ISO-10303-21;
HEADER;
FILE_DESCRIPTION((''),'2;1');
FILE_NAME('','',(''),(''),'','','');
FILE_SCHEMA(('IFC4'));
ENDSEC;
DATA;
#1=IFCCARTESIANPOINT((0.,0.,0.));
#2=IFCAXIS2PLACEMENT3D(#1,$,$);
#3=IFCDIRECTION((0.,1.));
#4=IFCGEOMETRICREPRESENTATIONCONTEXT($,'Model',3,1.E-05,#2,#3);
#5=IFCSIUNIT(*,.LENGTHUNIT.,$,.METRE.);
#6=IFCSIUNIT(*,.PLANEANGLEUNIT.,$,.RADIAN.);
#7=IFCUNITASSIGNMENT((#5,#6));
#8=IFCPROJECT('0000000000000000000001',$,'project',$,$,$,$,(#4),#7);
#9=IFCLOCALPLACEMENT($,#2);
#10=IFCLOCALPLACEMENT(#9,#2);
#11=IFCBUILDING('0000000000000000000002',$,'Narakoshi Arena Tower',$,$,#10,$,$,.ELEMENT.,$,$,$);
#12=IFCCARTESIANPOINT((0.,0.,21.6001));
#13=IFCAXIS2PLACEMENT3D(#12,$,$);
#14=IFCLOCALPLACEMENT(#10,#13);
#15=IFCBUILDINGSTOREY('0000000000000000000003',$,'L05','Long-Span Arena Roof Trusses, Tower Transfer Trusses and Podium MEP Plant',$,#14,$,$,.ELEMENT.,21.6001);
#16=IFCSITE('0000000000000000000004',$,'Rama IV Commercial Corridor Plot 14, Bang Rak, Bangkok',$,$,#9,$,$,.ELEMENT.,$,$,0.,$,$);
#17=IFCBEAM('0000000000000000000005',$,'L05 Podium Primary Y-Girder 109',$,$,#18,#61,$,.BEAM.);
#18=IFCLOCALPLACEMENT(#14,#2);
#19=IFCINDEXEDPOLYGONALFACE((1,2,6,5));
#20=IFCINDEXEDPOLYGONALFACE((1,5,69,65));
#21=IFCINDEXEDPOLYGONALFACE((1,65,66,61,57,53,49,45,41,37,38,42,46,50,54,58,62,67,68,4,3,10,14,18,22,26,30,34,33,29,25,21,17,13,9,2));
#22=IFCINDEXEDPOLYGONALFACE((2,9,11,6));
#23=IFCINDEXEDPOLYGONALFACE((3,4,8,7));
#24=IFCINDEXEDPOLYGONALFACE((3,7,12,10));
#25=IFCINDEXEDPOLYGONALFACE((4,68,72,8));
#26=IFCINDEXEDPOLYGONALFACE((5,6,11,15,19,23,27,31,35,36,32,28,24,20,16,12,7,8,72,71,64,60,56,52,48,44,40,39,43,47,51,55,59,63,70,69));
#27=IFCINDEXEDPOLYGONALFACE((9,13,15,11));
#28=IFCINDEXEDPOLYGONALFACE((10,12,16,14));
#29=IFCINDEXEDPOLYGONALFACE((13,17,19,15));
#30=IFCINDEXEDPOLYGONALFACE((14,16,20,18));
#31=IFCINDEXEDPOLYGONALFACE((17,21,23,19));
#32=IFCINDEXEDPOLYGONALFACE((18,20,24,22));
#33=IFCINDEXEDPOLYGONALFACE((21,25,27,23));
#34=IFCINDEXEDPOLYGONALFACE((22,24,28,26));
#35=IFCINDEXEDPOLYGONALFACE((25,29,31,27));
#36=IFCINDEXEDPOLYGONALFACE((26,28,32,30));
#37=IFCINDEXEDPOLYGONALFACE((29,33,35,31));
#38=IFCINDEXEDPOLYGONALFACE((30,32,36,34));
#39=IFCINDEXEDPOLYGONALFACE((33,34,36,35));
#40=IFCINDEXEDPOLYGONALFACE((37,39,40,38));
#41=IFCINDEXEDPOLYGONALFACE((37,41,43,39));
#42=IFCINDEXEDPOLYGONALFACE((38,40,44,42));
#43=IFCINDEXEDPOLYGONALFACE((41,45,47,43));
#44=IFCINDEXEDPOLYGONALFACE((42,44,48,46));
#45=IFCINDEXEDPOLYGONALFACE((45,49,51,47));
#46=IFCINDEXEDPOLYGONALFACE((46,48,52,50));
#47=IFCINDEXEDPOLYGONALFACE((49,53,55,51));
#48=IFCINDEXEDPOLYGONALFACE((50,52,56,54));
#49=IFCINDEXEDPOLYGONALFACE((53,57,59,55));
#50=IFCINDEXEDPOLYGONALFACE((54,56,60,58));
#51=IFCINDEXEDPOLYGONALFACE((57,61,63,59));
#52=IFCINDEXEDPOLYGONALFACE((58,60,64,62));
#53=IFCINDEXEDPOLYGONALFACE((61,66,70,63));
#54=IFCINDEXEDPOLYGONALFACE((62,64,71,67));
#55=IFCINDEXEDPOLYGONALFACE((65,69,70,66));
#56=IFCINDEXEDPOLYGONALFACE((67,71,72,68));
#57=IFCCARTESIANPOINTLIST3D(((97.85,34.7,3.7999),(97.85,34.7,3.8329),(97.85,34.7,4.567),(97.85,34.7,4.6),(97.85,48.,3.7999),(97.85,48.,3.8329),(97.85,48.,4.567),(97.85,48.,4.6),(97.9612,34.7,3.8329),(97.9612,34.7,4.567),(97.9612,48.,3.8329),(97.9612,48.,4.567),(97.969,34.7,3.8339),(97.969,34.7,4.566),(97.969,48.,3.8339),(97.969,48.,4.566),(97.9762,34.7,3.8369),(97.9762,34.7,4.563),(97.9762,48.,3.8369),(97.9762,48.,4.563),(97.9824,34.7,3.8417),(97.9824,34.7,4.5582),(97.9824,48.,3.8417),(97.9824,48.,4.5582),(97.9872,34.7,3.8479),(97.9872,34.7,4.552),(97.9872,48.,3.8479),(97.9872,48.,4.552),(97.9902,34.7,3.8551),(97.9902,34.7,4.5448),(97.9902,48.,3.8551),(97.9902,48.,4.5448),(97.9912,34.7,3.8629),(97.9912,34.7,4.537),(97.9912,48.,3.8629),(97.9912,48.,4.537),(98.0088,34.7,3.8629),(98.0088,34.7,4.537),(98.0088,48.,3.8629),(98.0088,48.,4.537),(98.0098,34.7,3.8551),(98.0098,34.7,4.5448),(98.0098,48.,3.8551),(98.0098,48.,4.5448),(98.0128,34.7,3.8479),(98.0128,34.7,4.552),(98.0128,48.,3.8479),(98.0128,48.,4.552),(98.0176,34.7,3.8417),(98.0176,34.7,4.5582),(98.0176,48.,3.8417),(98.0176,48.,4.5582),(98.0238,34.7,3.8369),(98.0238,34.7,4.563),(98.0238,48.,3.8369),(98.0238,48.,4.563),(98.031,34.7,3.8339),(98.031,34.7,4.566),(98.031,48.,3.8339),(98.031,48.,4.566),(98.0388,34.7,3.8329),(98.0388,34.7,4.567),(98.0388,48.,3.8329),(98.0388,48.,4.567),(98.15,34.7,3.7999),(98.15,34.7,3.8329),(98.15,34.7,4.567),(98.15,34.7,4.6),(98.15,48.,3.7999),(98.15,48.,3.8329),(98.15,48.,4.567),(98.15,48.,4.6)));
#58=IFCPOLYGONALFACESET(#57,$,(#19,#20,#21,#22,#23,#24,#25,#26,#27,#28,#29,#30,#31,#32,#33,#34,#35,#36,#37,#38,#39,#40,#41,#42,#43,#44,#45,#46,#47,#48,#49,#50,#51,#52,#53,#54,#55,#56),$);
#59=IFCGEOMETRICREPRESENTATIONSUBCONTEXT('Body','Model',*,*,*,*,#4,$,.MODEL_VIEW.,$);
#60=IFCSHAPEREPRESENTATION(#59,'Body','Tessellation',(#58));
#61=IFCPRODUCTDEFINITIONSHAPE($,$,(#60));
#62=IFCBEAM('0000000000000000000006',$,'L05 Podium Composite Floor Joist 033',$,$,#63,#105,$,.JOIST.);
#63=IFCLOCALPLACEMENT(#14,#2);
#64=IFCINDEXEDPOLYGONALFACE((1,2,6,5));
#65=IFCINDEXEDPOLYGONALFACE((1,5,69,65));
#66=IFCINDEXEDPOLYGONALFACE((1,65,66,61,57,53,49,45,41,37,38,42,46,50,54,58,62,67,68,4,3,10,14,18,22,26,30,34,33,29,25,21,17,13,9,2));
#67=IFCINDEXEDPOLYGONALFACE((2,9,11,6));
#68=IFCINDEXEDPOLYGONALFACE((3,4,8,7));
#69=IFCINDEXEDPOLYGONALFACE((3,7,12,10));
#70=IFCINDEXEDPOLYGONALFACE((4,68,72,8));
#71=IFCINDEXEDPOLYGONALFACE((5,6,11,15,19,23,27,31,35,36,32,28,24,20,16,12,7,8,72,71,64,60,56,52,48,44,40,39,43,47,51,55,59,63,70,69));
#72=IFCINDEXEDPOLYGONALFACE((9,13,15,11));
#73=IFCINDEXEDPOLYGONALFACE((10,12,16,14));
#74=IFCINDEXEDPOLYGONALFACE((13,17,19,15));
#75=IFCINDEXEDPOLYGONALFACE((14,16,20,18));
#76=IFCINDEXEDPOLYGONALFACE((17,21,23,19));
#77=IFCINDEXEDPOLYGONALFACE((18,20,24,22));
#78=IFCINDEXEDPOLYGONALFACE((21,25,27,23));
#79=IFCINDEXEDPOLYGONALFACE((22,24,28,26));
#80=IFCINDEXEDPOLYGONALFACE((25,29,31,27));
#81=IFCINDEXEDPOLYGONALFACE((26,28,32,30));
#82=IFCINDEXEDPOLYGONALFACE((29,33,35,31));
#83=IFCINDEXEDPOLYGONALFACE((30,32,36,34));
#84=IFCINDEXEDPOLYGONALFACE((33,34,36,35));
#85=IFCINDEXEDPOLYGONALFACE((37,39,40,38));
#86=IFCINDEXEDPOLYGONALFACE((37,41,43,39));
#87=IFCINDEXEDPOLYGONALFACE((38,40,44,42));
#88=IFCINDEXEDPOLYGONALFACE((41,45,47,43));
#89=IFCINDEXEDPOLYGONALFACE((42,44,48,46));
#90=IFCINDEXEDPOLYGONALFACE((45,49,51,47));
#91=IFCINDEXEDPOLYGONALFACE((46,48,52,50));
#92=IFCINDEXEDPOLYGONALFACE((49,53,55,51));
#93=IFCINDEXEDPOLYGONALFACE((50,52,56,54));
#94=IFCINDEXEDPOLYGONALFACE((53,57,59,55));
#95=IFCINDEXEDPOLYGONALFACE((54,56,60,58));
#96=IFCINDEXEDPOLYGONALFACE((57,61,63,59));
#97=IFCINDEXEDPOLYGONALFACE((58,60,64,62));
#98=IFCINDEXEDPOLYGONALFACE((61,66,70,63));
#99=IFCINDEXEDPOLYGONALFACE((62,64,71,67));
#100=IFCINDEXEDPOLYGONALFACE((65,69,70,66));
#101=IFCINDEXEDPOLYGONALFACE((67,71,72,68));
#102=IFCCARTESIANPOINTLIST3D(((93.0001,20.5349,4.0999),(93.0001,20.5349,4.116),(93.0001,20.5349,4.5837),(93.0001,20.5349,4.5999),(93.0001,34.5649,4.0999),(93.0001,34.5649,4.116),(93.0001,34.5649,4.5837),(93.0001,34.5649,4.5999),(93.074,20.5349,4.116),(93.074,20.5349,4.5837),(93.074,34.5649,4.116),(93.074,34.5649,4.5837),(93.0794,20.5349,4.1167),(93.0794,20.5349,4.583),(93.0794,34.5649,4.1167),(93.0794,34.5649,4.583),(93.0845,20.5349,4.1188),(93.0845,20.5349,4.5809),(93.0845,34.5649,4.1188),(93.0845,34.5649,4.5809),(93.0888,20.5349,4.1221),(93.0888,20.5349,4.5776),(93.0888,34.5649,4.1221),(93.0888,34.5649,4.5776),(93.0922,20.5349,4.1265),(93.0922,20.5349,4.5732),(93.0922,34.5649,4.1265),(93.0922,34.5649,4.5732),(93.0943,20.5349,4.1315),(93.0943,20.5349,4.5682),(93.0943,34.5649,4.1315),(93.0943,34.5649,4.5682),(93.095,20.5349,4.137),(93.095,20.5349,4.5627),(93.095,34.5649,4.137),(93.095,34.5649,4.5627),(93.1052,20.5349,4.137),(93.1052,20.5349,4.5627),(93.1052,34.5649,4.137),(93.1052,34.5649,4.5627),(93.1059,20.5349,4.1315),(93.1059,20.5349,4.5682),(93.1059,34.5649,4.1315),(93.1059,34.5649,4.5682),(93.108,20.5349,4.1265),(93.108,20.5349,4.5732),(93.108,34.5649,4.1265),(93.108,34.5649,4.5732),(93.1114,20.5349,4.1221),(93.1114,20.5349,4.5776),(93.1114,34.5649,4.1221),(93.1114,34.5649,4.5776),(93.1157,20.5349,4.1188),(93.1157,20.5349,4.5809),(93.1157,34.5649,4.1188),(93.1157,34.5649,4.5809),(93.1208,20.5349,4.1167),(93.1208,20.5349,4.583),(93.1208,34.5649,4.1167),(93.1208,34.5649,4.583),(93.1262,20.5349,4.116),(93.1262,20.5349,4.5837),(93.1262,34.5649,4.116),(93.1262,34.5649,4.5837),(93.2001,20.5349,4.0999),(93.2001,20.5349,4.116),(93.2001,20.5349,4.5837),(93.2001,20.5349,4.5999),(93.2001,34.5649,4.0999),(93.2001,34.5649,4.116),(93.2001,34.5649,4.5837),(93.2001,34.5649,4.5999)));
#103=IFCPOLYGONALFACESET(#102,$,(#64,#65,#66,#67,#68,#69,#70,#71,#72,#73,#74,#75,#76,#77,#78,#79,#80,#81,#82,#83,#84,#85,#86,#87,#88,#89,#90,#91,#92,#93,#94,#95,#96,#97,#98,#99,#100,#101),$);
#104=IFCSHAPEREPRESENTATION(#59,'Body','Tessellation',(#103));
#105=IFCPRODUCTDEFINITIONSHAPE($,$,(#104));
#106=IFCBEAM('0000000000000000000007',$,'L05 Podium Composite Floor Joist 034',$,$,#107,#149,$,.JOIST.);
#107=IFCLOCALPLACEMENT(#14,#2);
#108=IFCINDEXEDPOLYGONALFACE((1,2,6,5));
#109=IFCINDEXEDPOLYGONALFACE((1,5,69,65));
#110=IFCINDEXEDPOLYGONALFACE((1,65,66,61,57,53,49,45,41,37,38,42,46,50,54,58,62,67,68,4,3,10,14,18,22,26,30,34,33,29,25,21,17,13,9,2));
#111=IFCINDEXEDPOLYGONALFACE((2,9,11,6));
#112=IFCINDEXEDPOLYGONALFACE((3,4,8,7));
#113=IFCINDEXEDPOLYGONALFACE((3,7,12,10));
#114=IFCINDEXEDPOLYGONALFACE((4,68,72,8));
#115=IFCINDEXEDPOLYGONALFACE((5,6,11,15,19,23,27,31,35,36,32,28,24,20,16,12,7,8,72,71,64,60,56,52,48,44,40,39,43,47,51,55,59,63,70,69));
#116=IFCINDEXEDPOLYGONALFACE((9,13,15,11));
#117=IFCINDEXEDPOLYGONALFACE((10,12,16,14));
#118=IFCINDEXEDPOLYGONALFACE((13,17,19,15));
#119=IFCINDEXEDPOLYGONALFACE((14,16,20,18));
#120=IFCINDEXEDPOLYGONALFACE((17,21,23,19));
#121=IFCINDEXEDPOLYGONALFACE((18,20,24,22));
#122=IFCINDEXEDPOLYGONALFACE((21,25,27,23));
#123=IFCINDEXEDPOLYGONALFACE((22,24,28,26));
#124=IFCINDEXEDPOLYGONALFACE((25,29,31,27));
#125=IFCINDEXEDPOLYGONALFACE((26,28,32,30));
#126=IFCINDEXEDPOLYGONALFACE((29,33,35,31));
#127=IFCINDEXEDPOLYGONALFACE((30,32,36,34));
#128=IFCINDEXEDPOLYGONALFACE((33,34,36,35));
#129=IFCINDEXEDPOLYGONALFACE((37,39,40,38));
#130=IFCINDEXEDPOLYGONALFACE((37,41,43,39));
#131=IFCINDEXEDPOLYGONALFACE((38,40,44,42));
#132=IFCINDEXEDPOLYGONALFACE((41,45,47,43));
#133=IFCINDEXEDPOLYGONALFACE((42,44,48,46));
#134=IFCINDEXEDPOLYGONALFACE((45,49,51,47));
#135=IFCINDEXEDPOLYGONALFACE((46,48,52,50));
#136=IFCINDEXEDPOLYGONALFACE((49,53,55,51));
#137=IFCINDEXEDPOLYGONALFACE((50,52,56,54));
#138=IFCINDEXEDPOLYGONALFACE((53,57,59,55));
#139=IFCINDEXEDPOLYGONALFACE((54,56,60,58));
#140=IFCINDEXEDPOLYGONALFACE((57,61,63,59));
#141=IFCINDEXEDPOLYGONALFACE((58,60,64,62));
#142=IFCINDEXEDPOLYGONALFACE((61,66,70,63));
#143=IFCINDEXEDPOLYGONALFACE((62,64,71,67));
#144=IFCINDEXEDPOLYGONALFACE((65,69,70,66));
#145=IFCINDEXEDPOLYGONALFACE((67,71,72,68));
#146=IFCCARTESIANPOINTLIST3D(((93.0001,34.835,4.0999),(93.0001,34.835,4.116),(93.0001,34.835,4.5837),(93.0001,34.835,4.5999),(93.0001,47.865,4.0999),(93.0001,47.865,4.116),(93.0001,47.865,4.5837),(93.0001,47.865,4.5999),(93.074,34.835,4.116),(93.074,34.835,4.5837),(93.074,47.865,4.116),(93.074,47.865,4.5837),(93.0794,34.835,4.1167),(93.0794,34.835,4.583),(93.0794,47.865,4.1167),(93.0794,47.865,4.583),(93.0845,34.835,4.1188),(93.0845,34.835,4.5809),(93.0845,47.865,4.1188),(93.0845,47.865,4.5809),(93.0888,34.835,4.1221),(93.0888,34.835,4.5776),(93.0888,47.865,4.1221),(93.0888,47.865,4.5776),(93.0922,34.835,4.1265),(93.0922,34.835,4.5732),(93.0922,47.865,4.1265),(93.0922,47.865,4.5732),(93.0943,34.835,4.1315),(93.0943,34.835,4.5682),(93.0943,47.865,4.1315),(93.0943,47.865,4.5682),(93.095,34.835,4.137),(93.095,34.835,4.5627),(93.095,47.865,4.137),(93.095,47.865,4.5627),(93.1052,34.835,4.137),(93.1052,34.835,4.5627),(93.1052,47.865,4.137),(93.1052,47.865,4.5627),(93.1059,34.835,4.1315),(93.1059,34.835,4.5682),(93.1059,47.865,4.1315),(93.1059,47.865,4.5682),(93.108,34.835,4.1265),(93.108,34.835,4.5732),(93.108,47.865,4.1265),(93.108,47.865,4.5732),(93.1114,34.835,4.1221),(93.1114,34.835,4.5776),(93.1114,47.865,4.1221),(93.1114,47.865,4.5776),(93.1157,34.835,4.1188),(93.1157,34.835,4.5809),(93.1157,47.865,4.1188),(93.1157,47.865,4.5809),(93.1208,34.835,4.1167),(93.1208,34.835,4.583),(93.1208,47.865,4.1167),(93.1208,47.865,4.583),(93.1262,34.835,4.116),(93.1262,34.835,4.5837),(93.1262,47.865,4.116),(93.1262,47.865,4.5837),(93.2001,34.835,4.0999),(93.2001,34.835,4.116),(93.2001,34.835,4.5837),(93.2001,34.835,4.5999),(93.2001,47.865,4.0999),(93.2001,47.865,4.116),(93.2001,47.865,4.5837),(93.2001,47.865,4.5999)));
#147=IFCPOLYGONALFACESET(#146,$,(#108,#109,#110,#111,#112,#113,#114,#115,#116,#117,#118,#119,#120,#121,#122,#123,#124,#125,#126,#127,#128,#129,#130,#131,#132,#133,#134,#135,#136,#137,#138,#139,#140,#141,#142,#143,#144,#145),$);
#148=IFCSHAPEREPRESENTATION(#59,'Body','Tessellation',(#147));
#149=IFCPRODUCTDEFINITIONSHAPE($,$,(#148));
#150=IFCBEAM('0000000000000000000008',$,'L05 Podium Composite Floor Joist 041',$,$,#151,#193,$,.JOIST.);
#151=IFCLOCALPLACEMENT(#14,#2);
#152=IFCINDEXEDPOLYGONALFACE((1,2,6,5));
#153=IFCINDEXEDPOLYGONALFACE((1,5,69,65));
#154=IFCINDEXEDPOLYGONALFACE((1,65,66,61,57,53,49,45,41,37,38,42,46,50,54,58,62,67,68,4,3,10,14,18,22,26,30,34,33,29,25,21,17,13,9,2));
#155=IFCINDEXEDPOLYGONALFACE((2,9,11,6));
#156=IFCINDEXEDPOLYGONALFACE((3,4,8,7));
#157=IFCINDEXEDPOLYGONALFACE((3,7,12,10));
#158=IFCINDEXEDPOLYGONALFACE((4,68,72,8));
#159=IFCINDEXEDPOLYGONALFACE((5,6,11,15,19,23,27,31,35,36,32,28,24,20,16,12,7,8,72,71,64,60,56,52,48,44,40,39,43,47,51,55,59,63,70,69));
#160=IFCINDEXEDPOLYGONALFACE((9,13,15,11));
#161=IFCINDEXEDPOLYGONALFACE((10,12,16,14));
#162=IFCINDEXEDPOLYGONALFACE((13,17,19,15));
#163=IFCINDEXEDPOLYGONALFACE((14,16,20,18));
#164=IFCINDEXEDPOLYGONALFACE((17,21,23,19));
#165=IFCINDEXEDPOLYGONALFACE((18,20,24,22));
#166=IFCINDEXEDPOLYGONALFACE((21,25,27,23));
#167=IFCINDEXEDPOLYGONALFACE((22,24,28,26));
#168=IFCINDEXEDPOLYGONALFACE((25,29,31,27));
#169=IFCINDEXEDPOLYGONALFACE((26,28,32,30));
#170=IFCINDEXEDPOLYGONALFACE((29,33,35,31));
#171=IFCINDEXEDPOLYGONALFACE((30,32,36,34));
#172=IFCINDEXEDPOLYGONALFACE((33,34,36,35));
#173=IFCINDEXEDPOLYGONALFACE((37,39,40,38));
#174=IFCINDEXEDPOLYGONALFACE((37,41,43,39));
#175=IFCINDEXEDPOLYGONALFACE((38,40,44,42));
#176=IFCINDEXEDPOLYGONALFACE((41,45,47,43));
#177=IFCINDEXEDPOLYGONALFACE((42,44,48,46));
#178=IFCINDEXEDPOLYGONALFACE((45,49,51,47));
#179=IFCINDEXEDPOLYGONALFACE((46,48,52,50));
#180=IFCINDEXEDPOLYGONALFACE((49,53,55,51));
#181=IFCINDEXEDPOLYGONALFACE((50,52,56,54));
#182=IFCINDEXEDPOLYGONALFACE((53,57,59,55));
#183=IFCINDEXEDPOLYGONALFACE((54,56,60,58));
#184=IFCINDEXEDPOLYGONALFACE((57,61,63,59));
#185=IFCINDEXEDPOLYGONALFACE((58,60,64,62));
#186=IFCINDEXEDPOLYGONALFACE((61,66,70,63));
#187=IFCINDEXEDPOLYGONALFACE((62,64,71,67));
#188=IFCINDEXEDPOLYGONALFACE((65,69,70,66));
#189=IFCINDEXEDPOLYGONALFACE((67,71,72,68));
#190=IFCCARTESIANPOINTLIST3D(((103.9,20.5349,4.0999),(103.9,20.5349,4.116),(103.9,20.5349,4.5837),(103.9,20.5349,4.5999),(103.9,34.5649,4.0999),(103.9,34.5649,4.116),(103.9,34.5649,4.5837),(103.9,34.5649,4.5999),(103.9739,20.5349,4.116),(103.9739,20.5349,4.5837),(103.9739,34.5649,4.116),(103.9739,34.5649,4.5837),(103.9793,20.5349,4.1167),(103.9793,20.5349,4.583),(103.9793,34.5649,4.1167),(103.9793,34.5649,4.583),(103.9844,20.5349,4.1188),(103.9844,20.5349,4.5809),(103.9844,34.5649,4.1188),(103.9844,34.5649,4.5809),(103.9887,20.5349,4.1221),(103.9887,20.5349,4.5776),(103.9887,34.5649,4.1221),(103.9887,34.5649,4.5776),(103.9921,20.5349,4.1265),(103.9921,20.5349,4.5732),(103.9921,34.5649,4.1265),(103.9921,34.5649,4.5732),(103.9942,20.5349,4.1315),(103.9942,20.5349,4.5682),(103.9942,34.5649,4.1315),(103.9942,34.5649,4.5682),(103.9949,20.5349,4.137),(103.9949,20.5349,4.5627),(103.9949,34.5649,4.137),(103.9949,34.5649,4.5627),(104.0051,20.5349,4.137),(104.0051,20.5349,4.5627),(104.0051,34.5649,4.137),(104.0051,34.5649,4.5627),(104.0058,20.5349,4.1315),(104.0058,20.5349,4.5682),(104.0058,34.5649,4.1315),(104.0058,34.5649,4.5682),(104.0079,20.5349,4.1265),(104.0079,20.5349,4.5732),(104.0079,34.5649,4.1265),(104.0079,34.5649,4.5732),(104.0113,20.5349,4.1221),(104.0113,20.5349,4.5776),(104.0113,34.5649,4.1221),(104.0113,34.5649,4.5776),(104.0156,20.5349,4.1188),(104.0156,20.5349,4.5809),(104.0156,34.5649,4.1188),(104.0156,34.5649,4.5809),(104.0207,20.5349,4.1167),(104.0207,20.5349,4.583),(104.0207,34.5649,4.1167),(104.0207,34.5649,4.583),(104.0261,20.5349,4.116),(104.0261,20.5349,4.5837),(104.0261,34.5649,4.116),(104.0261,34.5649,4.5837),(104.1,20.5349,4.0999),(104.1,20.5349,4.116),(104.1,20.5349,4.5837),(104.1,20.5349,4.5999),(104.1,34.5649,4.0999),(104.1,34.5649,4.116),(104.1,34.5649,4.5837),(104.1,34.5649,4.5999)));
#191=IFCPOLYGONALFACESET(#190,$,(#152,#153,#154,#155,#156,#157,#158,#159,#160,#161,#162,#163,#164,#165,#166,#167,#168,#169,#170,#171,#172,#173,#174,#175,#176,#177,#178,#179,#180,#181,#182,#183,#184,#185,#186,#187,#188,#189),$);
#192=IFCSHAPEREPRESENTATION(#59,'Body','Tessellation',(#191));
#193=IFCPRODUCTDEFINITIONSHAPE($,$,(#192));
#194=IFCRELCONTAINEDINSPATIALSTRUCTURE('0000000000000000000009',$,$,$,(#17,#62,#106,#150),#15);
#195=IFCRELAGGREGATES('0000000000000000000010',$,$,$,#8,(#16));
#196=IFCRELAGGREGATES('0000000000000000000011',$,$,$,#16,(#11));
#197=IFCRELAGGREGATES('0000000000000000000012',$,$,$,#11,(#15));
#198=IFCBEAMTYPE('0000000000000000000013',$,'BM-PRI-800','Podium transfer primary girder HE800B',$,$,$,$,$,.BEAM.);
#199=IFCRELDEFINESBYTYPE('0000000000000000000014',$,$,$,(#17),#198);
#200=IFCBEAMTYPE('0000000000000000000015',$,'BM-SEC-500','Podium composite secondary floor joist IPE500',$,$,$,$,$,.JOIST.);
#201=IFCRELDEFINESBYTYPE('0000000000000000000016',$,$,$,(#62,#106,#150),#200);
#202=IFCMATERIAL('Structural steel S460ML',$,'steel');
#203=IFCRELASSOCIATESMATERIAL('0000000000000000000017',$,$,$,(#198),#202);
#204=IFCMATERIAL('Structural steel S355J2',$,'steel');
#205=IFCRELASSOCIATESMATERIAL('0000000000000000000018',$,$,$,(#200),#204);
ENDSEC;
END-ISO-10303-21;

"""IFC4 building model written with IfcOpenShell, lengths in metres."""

from ifc_helpers import new_model, si_unit, direction, frame, origin, origin_2d, place, context, subcontext, project, spatial, i_section, extrude, material, material_profile, profile_set, type_object, element, save


model = new_model("IFC4")

# Units and contexts
model_context = context("Model", 3, precision=1e-05, world=origin(), true_north=direction((0.0, 1.0)))
body_context = subcontext(model_context, "Body", "Model", "MODEL_VIEW")
ifc_project = project(units=[si_unit("LENGTHUNIT", "METRE"), si_unit("PLANEANGLEUNIT", "RADIAN")], contexts=[model_context])

# Site, building, storey
site_placement = place(None, origin())
site = spatial("IfcSite", under=ifc_project, at=site_placement, Name="Rama IV Commercial Corridor Plot 14, Bang Rak, Bangkok", CompositionType="ELEMENT", RefElevation=0.0)
building_placement = place(site_placement, origin())
building = spatial("IfcBuilding", under=site, at=building_placement, Name="Narakoshi Arena Tower", CompositionType="ELEMENT")
storey_placement = place(building_placement, frame((0.0, 0.0, 21.6001)))
storey = spatial("IfcBuildingStorey", under=building, at=storey_placement, Name="L05", Description="Long-Span Arena Roof Trusses, Tower Transfer Trusses and Podium MEP Plant", CompositionType="ELEMENT", Elevation=21.6001)

# Shared definitions
ifc_material_1 = material(Name="Structural steel S355J2", Category="steel")

# Beams
ifc_material_2 = material(Name="Structural steel S460ML", Category="steel")
ifc_material_profile_1 = material_profile(ifc_material_2, i_section(OverallWidth=0.3, OverallDepth=0.8, WebThickness=0.0176, FlangeThickness=0.033, FilletRadius=0.03, at=origin_2d()), Name="HE800B")
ifc_profile_set_1 = profile_set([ifc_material_profile_1], Name="Structural steel S460ML")
beam_type_1 = type_object("IfcBeamType", Name="BM-PRI-800", Description="Podium transfer primary girder HE800B", PredefinedType="BEAM", material=ifc_profile_set_1)
for number, where, z_axis, x_axis, name in (
    (1, (98.0, 34.7, 4.2), (0.0, 1.0, 0.0), (-1.0, 0.0, 0.0), "L05 Podium Primary Y-Girder 109"),
):
    element("IfcBeam", number, at=place(storey_placement, frame(where, z_axis=z_axis, x_axis=x_axis)), inside=storey, type_object=beam_type_1, Name=name, PredefinedType="BEAM", context=body_context, shape_type="SweptSolid", body=[
        extrude(i_section(OverallWidth=0.3, OverallDepth=0.8, WebThickness=0.0176, FlangeThickness=0.033, FilletRadius=0.03, at=origin_2d()), origin(), (0.0, 0.0, 1.0), 13.3),
    ])
ifc_material_profile_2 = material_profile(ifc_material_1, i_section(OverallWidth=0.2, OverallDepth=0.5, WebThickness=0.0103, FlangeThickness=0.0161, FilletRadius=0.021, at=origin_2d()), Name="IPE500")
ifc_profile_set_2 = profile_set([ifc_material_profile_2], Name="Structural steel S355J2")
beam_type_2 = type_object("IfcBeamType", Name="BM-SEC-500", Description="Podium composite secondary floor joist IPE500", PredefinedType="JOIST", material=ifc_profile_set_2)
beam_1_placement = place(storey_placement, frame((93.1001, 20.5349, 4.3499), z_axis=(0.0, 1.0, 0.0), x_axis=(-1.0, 0.0, 0.0)))
element("IfcBeam", 2, at=beam_1_placement, inside=storey, type_object=beam_type_2, Name="L05 Podium Composite Floor Joist 033", PredefinedType="JOIST", context=body_context, shape_type="SweptSolid", body=[
    extrude(i_section(OverallWidth=0.2, OverallDepth=0.5, WebThickness=0.0103, FlangeThickness=0.0161, FilletRadius=0.021, at=origin_2d()), origin(), (0.0, 0.0, 1.0), 14.03),
])
beam_2_placement = place(storey_placement, frame((93.1001, 34.835, 4.3499), z_axis=(0.0, 1.0, 0.0), x_axis=(-1.0, 0.0, 0.0)))
element("IfcBeam", 3, at=beam_2_placement, inside=storey, type_object=beam_type_2, Name="L05 Podium Composite Floor Joist 034", PredefinedType="JOIST", context=body_context, shape_type="SweptSolid", body=[
    extrude(i_section(OverallWidth=0.2, OverallDepth=0.5, WebThickness=0.0103, FlangeThickness=0.0161, FilletRadius=0.021, at=origin_2d()), origin(), (0.0, 0.0, 1.0), 13.03),
])
beam_3_placement = place(storey_placement, frame((104.0, 20.5349, 4.3499), z_axis=(0.0, 1.0, 0.0), x_axis=(-1.0, 0.0, 0.0)))
element("IfcBeam", 4, at=beam_3_placement, inside=storey, type_object=beam_type_2, Name="L05 Podium Composite Floor Joist 041", PredefinedType="JOIST", context=body_context, shape_type="SweptSolid", body=[
    extrude(i_section(OverallWidth=0.2, OverallDepth=0.5, WebThickness=0.0103, FlangeThickness=0.0161, FilletRadius=0.021, at=origin_2d()), origin(), (0.0, 0.0, 1.0), 14.03),
])

save(model, "model.ifc")
